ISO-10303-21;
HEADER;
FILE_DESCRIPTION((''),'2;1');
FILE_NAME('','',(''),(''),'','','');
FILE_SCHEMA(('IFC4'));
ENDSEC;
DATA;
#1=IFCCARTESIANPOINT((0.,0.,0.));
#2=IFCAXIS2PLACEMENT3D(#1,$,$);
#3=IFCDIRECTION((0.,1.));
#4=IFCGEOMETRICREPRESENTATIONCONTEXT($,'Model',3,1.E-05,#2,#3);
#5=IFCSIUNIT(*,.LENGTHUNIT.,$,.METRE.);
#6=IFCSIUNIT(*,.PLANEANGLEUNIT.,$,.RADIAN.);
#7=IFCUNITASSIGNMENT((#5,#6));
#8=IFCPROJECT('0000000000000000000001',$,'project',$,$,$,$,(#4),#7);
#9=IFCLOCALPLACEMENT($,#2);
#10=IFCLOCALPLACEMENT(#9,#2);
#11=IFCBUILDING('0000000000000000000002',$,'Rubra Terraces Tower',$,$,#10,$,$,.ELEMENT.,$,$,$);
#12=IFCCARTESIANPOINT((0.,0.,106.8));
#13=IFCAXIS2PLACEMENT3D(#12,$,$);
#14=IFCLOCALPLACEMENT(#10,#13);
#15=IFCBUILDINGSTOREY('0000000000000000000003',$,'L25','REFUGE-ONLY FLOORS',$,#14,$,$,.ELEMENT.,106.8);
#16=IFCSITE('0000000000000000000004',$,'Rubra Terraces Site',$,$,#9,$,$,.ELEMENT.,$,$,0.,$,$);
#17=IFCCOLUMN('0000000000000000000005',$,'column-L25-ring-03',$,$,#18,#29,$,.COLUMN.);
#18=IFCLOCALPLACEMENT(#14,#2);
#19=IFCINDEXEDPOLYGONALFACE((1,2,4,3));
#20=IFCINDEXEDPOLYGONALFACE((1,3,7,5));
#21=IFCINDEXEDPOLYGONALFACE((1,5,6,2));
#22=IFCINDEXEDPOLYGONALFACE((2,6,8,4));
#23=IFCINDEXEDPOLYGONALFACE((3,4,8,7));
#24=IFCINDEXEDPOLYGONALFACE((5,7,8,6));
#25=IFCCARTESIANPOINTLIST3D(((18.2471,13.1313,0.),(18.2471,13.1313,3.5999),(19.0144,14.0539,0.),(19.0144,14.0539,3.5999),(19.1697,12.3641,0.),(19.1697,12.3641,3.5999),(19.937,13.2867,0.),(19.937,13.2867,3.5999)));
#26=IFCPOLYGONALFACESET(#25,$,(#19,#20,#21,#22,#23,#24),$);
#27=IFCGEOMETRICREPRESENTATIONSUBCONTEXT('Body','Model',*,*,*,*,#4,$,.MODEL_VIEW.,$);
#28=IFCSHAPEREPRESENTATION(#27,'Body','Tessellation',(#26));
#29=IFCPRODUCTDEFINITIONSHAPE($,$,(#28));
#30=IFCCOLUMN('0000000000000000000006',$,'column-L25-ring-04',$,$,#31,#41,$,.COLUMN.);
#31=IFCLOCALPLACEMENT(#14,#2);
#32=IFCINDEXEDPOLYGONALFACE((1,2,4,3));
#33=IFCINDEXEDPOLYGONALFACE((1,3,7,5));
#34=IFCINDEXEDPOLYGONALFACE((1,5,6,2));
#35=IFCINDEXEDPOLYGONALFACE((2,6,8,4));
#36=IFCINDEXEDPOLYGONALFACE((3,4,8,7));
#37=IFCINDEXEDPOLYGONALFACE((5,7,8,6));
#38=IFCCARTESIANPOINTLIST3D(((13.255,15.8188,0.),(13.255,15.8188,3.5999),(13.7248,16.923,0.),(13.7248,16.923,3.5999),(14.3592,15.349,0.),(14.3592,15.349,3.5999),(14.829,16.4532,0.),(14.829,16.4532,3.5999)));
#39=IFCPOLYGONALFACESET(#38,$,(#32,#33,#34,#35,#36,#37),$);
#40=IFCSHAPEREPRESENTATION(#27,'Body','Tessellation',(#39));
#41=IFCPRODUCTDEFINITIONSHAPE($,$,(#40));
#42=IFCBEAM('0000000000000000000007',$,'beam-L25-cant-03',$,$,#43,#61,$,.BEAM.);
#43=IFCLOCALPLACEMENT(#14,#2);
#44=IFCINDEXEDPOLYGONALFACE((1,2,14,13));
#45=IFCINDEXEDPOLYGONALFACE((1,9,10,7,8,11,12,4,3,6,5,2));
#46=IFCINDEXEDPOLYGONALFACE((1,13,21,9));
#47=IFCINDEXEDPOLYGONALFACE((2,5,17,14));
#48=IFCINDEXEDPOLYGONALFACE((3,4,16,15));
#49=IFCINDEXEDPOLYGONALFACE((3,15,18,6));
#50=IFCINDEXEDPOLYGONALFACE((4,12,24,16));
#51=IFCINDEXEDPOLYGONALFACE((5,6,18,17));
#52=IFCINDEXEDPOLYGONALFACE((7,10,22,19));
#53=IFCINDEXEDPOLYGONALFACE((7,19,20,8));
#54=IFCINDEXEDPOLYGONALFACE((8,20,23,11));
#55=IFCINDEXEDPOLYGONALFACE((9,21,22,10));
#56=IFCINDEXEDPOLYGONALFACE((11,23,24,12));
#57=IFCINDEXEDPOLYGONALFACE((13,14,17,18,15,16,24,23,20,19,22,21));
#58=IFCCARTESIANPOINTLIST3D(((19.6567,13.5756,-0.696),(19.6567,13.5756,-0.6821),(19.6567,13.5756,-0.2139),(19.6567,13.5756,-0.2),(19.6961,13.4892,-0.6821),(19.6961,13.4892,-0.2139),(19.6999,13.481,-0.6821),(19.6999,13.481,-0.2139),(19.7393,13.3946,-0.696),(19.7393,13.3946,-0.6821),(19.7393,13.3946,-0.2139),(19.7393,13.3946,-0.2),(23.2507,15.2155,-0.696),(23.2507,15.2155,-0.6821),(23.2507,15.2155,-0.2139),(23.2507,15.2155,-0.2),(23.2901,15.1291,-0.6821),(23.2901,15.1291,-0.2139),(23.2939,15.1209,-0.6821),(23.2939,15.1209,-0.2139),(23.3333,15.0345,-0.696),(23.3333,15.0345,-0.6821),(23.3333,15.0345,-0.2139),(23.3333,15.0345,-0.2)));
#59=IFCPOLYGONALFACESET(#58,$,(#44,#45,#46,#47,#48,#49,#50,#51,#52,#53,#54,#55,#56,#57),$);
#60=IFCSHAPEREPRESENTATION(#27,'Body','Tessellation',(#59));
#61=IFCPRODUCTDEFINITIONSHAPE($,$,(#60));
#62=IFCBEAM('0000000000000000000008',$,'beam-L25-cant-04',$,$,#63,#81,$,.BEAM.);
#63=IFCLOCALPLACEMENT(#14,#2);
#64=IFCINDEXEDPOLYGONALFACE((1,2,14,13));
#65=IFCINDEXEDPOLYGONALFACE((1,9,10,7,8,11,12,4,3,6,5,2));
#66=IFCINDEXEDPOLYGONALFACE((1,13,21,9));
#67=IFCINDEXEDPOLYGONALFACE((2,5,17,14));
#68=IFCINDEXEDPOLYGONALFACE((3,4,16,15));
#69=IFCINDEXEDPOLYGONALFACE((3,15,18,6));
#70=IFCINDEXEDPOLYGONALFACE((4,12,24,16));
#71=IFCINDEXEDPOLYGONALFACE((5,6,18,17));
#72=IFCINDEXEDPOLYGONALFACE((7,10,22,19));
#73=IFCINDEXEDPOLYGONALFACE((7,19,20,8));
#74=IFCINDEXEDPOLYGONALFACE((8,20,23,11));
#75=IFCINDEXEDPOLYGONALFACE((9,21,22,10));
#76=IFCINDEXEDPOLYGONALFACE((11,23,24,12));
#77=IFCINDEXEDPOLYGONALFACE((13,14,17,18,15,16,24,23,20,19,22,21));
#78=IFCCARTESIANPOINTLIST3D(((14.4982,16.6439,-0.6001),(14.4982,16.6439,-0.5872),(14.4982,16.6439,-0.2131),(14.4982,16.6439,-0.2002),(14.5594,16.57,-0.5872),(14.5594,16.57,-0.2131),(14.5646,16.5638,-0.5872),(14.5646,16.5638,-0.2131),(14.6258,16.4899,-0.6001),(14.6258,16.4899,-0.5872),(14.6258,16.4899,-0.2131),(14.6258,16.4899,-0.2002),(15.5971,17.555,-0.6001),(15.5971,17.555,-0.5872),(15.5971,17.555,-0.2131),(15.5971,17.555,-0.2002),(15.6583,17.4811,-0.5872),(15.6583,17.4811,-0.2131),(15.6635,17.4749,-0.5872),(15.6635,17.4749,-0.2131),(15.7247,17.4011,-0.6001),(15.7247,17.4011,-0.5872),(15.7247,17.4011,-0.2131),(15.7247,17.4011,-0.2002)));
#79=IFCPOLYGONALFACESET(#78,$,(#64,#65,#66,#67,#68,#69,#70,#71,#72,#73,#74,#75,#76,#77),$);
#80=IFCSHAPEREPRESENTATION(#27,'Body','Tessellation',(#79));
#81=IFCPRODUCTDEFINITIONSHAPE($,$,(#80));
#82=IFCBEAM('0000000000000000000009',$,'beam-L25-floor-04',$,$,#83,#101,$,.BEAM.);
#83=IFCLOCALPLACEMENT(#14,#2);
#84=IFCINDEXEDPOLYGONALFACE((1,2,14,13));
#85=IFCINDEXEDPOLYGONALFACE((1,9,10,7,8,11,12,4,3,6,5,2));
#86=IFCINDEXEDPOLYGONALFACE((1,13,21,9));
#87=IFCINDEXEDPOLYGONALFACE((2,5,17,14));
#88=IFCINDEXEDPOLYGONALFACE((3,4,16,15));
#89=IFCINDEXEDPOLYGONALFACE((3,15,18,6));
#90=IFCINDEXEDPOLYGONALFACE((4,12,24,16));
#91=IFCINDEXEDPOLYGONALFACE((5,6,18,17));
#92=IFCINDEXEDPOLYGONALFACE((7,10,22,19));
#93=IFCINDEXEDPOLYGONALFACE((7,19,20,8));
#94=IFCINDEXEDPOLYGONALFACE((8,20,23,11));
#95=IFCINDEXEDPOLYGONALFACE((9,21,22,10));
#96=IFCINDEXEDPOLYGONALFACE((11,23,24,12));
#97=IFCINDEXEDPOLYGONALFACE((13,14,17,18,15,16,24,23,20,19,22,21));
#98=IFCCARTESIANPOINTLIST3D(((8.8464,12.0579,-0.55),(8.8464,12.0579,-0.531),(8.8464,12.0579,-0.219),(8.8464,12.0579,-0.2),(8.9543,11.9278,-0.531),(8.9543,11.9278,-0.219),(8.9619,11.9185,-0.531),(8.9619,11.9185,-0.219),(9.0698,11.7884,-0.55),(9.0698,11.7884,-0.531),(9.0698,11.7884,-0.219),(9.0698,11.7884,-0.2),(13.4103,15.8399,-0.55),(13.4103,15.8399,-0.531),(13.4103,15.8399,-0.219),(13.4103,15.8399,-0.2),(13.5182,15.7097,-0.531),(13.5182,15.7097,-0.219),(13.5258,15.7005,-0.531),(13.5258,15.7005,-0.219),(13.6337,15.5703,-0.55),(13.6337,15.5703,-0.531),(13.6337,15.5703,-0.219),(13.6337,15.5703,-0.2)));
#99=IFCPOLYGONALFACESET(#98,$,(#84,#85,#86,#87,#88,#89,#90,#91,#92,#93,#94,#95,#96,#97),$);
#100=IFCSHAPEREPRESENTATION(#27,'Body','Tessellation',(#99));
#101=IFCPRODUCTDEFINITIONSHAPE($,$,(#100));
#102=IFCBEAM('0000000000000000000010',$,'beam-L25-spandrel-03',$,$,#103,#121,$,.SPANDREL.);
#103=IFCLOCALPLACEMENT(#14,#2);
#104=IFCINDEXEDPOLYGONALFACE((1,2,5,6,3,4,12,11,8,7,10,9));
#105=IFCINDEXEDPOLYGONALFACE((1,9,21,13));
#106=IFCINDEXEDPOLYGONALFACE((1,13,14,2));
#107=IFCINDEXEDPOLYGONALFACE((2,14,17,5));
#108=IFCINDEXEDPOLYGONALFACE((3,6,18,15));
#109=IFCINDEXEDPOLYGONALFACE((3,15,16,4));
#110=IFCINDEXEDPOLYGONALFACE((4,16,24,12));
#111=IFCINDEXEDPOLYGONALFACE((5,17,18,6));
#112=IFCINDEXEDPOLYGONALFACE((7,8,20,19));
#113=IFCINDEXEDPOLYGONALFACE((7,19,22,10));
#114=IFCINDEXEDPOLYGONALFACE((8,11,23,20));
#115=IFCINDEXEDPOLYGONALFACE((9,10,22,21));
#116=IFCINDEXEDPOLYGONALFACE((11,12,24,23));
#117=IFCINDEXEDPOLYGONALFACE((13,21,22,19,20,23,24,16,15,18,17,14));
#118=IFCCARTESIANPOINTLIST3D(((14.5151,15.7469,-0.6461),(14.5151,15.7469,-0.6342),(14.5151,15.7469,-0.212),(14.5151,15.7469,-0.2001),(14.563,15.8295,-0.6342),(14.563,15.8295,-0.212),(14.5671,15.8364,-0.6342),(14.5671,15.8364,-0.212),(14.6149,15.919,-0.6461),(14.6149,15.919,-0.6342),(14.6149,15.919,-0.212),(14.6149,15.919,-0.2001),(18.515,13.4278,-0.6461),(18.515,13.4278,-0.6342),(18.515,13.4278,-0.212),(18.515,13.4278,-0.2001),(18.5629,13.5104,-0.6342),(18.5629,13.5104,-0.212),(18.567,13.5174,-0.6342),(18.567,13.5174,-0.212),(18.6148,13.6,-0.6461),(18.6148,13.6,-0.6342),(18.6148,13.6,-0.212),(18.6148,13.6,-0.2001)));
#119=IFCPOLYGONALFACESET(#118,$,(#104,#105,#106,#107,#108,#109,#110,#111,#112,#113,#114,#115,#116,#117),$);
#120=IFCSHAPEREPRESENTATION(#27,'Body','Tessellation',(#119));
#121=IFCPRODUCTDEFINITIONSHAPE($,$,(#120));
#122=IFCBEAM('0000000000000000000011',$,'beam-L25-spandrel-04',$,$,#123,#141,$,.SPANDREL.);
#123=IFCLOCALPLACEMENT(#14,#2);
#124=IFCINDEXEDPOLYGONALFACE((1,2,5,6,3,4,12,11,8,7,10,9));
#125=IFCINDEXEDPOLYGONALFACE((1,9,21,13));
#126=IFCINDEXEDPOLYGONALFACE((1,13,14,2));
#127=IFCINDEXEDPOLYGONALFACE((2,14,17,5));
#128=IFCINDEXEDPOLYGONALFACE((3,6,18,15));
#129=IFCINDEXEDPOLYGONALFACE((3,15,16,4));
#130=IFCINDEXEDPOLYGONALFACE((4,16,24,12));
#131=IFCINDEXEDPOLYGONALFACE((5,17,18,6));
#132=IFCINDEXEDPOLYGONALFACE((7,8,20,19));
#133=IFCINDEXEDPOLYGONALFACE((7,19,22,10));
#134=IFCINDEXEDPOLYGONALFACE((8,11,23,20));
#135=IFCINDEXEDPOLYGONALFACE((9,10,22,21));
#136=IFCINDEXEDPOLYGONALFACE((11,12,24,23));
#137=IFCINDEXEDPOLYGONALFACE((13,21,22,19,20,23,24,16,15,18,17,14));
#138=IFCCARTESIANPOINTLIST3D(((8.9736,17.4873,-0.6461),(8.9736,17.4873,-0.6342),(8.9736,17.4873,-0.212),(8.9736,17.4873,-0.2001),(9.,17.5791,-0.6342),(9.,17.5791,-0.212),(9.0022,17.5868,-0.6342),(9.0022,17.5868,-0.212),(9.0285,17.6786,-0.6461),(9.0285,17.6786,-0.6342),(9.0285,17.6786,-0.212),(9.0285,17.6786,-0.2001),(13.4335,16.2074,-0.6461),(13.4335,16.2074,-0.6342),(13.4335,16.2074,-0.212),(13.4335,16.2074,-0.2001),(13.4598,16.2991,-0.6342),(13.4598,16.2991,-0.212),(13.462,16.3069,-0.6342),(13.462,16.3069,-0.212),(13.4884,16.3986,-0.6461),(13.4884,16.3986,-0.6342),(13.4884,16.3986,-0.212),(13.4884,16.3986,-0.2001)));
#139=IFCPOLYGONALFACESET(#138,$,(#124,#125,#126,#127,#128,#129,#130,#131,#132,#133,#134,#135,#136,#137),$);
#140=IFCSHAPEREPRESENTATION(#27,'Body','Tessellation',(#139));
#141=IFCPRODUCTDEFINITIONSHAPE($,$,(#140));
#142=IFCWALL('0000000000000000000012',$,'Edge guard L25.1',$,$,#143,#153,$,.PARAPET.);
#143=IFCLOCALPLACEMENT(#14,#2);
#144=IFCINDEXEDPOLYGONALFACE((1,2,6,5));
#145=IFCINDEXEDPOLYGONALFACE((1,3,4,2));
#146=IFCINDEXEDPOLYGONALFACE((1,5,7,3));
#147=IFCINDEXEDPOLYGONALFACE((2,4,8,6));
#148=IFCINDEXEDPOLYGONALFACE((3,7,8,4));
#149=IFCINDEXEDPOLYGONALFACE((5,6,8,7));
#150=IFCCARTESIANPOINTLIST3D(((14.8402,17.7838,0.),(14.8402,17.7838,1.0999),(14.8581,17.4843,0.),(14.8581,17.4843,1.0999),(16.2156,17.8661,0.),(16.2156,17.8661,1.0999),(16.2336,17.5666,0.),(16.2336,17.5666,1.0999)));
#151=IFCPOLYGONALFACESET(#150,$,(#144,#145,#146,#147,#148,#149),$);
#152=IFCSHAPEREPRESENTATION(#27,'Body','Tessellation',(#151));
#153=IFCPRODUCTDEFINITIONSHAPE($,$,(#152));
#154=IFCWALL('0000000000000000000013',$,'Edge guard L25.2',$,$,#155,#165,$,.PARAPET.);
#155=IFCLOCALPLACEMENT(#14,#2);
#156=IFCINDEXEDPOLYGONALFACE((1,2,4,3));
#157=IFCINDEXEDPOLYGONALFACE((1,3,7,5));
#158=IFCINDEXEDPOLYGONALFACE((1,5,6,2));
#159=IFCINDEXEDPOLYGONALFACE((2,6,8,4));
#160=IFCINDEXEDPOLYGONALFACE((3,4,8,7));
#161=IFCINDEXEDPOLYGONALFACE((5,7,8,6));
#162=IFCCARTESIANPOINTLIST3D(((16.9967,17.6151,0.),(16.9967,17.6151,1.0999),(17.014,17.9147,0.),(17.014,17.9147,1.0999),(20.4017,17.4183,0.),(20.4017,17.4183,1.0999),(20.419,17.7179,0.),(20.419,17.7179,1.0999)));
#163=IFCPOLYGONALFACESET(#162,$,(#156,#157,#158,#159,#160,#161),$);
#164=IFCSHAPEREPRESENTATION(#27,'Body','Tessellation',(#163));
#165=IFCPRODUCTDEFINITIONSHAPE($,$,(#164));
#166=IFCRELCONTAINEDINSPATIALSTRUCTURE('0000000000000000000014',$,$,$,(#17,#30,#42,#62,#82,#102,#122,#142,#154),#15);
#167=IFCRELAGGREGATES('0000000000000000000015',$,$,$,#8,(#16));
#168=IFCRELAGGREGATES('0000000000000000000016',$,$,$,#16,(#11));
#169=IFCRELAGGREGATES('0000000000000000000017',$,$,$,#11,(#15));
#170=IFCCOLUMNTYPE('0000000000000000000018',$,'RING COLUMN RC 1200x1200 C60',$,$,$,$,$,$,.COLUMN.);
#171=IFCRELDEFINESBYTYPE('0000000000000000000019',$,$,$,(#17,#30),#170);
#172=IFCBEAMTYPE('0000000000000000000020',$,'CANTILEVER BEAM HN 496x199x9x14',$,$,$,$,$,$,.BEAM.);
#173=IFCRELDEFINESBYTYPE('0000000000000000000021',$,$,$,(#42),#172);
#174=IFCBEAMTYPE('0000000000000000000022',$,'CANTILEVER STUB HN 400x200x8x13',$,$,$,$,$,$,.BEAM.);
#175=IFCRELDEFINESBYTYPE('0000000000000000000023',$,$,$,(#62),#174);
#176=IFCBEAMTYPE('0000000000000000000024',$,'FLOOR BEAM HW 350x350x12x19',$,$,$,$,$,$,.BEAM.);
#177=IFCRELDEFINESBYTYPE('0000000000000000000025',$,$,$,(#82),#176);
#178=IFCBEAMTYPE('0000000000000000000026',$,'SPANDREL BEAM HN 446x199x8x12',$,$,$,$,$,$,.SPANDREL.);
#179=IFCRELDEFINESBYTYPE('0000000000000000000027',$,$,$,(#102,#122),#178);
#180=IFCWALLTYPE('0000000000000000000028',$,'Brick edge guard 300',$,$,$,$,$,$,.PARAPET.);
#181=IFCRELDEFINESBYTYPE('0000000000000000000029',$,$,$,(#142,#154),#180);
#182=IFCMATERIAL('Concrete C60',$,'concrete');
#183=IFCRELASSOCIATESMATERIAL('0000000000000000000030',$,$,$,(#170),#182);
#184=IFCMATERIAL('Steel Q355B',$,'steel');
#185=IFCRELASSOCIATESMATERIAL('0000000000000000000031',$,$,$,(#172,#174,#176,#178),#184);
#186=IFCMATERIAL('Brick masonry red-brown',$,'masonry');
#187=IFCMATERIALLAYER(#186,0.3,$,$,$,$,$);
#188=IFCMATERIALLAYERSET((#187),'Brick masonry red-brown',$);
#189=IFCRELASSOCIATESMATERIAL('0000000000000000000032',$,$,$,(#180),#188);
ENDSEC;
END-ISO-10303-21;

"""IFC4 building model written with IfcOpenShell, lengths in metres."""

from ifc_helpers import new_model, si_unit, direction, frame, frame_2d, origin, origin_2d, place, context, subcontext, project, spatial, rectangle, i_section, extrude, material, layer, layer_set, material_profile, profile_set, type_object, element, save


model = new_model("IFC4")

# Units and contexts
model_context = context("Model", 3, precision=1e-05, world=origin(), true_north=direction((0.0, 1.0)))
body_context = subcontext(model_context, "Body", "Model", "MODEL_VIEW")
ifc_project = project(units=[si_unit("LENGTHUNIT", "METRE"), si_unit("PLANEANGLEUNIT", "RADIAN")], contexts=[model_context])

# Site, building, storey
site_placement = place(None, origin())
site = spatial("IfcSite", under=ifc_project, at=site_placement, Name="Rubra Terraces Site", CompositionType="ELEMENT", RefElevation=0.0)
building_placement = place(site_placement, origin())
building = spatial("IfcBuilding", under=site, at=building_placement, Name="Rubra Terraces Tower", CompositionType="ELEMENT")
storey_placement = place(building_placement, frame((0.0, 0.0, 106.8)))
storey = spatial("IfcBuildingStorey", under=building, at=storey_placement, Name="L25", Description="REFUGE-ONLY FLOORS", CompositionType="ELEMENT", Elevation=106.8)

# Columns
ifc_material_1 = material(Name="Concrete C60", Category="concrete")
ifc_material_profile_1 = material_profile(ifc_material_1, rectangle(XDim=1.2, YDim=1.2, at=origin_2d()), Name="RC 1200x1200")
ifc_profile_set_1 = profile_set([ifc_material_profile_1], Name="Concrete C60")
column_type = type_object("IfcColumnType", Name="RING COLUMN RC 1200x1200 C60", PredefinedType="COLUMN", material=ifc_profile_set_1)
for number, where, z_axis, x_axis, name in (
    (1, (19.092, 13.209, 0.0), (0.0, 0.0, 1.0), (-0.76887, 0.639405, 0.0), "column-L25-ring-03"),
    (2, (14.042, 16.136, 0.0), (0.0, 0.0, 1.0), (-0.920168, 0.391524, 0.0), "column-L25-ring-04"),
):
    element("IfcColumn", number, at=place(storey_placement, frame(where, z_axis=z_axis, x_axis=x_axis)), inside=storey, type_object=column_type, Name=name, PredefinedType="COLUMN", context=body_context, shape_type="SweptSolid", body=[
        extrude(rectangle(XDim=1.2, YDim=1.2, at=origin_2d()), origin(), (0.0, 0.0, 1.0), 3.5999),
    ])

# Beams
ifc_material_2 = material(Name="Steel Q355B", Category="steel")
ifc_material_profile_2 = material_profile(ifc_material_2, i_section(OverallWidth=0.199, OverallDepth=0.4961, WebThickness=0.009, FlangeThickness=0.0139, at=origin_2d()), Name="HN 496x199x9x14")
ifc_profile_set_2 = profile_set([ifc_material_profile_2], Name="Steel Q355B")
beam_type_1 = type_object("IfcBeamType", Name="CANTILEVER BEAM HN 496x199x9x14", PredefinedType="BEAM", material=ifc_profile_set_2)
beam_1_placement = place(storey_placement, frame((19.698, 13.4851, -0.448), z_axis=(0.909769, 0.415116, 0.0), x_axis=(-0.415116, 0.909769, 0.0)))
element("IfcBeam", 3, at=beam_1_placement, inside=storey, type_object=beam_type_1, Name="beam-L25-cant-03", PredefinedType="BEAM", context=body_context, shape_type="SweptSolid", body=[
    extrude(i_section(OverallWidth=0.199, OverallDepth=0.4961, WebThickness=0.009, FlangeThickness=0.0139, at=origin_2d()), origin(), (0.0, 0.0, 1.0), 3.9504),
])
ifc_material_profile_3 = material_profile(ifc_material_2, i_section(OverallWidth=0.2, OverallDepth=0.3999, WebThickness=0.0081, FlangeThickness=0.0129, at=origin_2d()), Name="HN 400x200x8x13")
ifc_profile_set_3 = profile_set([ifc_material_profile_3], Name="Steel Q355B")
beam_type_2 = type_object("IfcBeamType", Name="CANTILEVER STUB HN 400x200x8x13", PredefinedType="BEAM", material=ifc_profile_set_3)
beam_2_placement = place(storey_placement, frame((14.562, 16.5669, -0.4001), z_axis=(0.769803, 0.638281, 0.0), x_axis=(-0.638281, 0.769803, 0.0)))
element("IfcBeam", 4, at=beam_2_placement, inside=storey, type_object=beam_type_2, Name="beam-L25-cant-04", PredefinedType="BEAM", context=body_context, shape_type="SweptSolid", body=[
    extrude(i_section(OverallWidth=0.2, OverallDepth=0.3999, WebThickness=0.0081, FlangeThickness=0.0129, at=origin_2d()), origin(), (0.0, 0.0, 1.0), 1.4275),
])
ifc_material_profile_4 = material_profile(ifc_material_2, i_section(OverallWidth=0.3501, OverallDepth=0.3501, WebThickness=0.012, FlangeThickness=0.019, at=origin_2d()), Name="HW 350x350x12x19")
ifc_profile_set_4 = profile_set([ifc_material_profile_4], Name="Steel Q355B")
beam_type_3 = type_object("IfcBeamType", Name="FLOOR BEAM HW 350x350x12x19", PredefinedType="BEAM", material=ifc_profile_set_4)
beam_3_placement = place(storey_placement, frame((13.522, 15.7051, -0.375), z_axis=(-0.769987, -0.638059, 0.0), x_axis=(0.638059, -0.769987, 0.0)))
element("IfcBeam", 5, at=beam_3_placement, inside=storey, type_object=beam_type_3, Name="beam-L25-floor-04", PredefinedType="BEAM", context=body_context, shape_type="SweptSolid", body=[
    extrude(i_section(OverallWidth=0.3501, OverallDepth=0.3501, WebThickness=0.012, FlangeThickness=0.019, at=origin_2d()), origin(), (0.0, 0.0, 1.0), 5.9272),
])
ifc_material_profile_5 = material_profile(ifc_material_2, i_section(OverallWidth=0.199, OverallDepth=0.446, WebThickness=0.0081, FlangeThickness=0.012, at=origin_2d()), Name="HN 446x199x8x12")
ifc_profile_set_5 = profile_set([ifc_material_profile_5], Name="Steel Q355B")
beam_type_4 = type_object("IfcBeamType", Name="SPANDREL BEAM HN 446x199x8x12", PredefinedType="SPANDREL", material=ifc_profile_set_5)
beam_4_placement = place(storey_placement, frame((18.5649, 13.5139, -0.4231), z_axis=(-0.865116, 0.501571, 0.0), x_axis=(-0.501571, -0.865116, 0.0)))
element("IfcBeam", 6, at=beam_4_placement, inside=storey, type_object=beam_type_4, Name="beam-L25-spandrel-03", PredefinedType="SPANDREL", context=body_context, shape_type="SweptSolid", body=[
    extrude(i_section(OverallWidth=0.199, OverallDepth=0.446, WebThickness=0.0081, FlangeThickness=0.012, at=origin_2d()), origin(), (0.0, 0.0, 1.0), 4.6235),
])
beam_5_placement = place(storey_placement, frame((13.4609, 16.303, -0.4231), z_axis=(-0.961196, 0.275868, 0.0), x_axis=(-0.275868, -0.961196, 0.0)))
element("IfcBeam", 7, at=beam_5_placement, inside=storey, type_object=beam_type_4, Name="beam-L25-spandrel-04", PredefinedType="SPANDREL", context=body_context, shape_type="SweptSolid", body=[
    extrude(i_section(OverallWidth=0.199, OverallDepth=0.446, WebThickness=0.0081, FlangeThickness=0.012, at=origin_2d()), origin(), (0.0, 0.0, 1.0), 4.6399),
])

# Walls
ifc_material_3 = material(Name="Brick masonry red-brown", Category="masonry")
ifc_layer_1 = layer(ifc_material_3, 0.3)
ifc_layer_set_1 = layer_set([ifc_layer_1], Name="Brick masonry red-brown")
wall_type_1 = type_object("IfcWallType", Name="Brick edge guard 300", PredefinedType="PARAPET", material=ifc_layer_set_1)
wall_1_placement = place(storey_placement, frame((14.8491, 17.634, 0.0), z_axis=(0.0, 0.0, 1.0), x_axis=(0.998216, 0.059709, 0.0)))
element("IfcWall", 8, at=wall_1_placement, inside=storey, type_object=wall_type_1, Name="Edge guard L25.1", PredefinedType="PARAPET", context=body_context, shape_type="SweptSolid", body=[
    extrude(rectangle(XDim=1.3779, YDim=0.3, at=frame_2d((0.689, 0.0))), origin(), (0.0, 0.0, 1.0), 1.0999),
])
wall_2_placement = place(storey_placement, frame((17.0054, 17.7649, 0.0), z_axis=(0.0, 0.0, 1.0), x_axis=(0.998334, -0.057694, 0.0)))
element("IfcWall", 9, at=wall_2_placement, inside=storey, type_object=wall_type_1, Name="Edge guard L25.2", PredefinedType="PARAPET", context=body_context, shape_type="SweptSolid", body=[
    extrude(rectangle(XDim=3.4106, YDim=0.3, at=frame_2d((1.7053, 0.0))), origin(), (0.0, 0.0, 1.0), 1.0999),
])

save(model, "model.ifc")
